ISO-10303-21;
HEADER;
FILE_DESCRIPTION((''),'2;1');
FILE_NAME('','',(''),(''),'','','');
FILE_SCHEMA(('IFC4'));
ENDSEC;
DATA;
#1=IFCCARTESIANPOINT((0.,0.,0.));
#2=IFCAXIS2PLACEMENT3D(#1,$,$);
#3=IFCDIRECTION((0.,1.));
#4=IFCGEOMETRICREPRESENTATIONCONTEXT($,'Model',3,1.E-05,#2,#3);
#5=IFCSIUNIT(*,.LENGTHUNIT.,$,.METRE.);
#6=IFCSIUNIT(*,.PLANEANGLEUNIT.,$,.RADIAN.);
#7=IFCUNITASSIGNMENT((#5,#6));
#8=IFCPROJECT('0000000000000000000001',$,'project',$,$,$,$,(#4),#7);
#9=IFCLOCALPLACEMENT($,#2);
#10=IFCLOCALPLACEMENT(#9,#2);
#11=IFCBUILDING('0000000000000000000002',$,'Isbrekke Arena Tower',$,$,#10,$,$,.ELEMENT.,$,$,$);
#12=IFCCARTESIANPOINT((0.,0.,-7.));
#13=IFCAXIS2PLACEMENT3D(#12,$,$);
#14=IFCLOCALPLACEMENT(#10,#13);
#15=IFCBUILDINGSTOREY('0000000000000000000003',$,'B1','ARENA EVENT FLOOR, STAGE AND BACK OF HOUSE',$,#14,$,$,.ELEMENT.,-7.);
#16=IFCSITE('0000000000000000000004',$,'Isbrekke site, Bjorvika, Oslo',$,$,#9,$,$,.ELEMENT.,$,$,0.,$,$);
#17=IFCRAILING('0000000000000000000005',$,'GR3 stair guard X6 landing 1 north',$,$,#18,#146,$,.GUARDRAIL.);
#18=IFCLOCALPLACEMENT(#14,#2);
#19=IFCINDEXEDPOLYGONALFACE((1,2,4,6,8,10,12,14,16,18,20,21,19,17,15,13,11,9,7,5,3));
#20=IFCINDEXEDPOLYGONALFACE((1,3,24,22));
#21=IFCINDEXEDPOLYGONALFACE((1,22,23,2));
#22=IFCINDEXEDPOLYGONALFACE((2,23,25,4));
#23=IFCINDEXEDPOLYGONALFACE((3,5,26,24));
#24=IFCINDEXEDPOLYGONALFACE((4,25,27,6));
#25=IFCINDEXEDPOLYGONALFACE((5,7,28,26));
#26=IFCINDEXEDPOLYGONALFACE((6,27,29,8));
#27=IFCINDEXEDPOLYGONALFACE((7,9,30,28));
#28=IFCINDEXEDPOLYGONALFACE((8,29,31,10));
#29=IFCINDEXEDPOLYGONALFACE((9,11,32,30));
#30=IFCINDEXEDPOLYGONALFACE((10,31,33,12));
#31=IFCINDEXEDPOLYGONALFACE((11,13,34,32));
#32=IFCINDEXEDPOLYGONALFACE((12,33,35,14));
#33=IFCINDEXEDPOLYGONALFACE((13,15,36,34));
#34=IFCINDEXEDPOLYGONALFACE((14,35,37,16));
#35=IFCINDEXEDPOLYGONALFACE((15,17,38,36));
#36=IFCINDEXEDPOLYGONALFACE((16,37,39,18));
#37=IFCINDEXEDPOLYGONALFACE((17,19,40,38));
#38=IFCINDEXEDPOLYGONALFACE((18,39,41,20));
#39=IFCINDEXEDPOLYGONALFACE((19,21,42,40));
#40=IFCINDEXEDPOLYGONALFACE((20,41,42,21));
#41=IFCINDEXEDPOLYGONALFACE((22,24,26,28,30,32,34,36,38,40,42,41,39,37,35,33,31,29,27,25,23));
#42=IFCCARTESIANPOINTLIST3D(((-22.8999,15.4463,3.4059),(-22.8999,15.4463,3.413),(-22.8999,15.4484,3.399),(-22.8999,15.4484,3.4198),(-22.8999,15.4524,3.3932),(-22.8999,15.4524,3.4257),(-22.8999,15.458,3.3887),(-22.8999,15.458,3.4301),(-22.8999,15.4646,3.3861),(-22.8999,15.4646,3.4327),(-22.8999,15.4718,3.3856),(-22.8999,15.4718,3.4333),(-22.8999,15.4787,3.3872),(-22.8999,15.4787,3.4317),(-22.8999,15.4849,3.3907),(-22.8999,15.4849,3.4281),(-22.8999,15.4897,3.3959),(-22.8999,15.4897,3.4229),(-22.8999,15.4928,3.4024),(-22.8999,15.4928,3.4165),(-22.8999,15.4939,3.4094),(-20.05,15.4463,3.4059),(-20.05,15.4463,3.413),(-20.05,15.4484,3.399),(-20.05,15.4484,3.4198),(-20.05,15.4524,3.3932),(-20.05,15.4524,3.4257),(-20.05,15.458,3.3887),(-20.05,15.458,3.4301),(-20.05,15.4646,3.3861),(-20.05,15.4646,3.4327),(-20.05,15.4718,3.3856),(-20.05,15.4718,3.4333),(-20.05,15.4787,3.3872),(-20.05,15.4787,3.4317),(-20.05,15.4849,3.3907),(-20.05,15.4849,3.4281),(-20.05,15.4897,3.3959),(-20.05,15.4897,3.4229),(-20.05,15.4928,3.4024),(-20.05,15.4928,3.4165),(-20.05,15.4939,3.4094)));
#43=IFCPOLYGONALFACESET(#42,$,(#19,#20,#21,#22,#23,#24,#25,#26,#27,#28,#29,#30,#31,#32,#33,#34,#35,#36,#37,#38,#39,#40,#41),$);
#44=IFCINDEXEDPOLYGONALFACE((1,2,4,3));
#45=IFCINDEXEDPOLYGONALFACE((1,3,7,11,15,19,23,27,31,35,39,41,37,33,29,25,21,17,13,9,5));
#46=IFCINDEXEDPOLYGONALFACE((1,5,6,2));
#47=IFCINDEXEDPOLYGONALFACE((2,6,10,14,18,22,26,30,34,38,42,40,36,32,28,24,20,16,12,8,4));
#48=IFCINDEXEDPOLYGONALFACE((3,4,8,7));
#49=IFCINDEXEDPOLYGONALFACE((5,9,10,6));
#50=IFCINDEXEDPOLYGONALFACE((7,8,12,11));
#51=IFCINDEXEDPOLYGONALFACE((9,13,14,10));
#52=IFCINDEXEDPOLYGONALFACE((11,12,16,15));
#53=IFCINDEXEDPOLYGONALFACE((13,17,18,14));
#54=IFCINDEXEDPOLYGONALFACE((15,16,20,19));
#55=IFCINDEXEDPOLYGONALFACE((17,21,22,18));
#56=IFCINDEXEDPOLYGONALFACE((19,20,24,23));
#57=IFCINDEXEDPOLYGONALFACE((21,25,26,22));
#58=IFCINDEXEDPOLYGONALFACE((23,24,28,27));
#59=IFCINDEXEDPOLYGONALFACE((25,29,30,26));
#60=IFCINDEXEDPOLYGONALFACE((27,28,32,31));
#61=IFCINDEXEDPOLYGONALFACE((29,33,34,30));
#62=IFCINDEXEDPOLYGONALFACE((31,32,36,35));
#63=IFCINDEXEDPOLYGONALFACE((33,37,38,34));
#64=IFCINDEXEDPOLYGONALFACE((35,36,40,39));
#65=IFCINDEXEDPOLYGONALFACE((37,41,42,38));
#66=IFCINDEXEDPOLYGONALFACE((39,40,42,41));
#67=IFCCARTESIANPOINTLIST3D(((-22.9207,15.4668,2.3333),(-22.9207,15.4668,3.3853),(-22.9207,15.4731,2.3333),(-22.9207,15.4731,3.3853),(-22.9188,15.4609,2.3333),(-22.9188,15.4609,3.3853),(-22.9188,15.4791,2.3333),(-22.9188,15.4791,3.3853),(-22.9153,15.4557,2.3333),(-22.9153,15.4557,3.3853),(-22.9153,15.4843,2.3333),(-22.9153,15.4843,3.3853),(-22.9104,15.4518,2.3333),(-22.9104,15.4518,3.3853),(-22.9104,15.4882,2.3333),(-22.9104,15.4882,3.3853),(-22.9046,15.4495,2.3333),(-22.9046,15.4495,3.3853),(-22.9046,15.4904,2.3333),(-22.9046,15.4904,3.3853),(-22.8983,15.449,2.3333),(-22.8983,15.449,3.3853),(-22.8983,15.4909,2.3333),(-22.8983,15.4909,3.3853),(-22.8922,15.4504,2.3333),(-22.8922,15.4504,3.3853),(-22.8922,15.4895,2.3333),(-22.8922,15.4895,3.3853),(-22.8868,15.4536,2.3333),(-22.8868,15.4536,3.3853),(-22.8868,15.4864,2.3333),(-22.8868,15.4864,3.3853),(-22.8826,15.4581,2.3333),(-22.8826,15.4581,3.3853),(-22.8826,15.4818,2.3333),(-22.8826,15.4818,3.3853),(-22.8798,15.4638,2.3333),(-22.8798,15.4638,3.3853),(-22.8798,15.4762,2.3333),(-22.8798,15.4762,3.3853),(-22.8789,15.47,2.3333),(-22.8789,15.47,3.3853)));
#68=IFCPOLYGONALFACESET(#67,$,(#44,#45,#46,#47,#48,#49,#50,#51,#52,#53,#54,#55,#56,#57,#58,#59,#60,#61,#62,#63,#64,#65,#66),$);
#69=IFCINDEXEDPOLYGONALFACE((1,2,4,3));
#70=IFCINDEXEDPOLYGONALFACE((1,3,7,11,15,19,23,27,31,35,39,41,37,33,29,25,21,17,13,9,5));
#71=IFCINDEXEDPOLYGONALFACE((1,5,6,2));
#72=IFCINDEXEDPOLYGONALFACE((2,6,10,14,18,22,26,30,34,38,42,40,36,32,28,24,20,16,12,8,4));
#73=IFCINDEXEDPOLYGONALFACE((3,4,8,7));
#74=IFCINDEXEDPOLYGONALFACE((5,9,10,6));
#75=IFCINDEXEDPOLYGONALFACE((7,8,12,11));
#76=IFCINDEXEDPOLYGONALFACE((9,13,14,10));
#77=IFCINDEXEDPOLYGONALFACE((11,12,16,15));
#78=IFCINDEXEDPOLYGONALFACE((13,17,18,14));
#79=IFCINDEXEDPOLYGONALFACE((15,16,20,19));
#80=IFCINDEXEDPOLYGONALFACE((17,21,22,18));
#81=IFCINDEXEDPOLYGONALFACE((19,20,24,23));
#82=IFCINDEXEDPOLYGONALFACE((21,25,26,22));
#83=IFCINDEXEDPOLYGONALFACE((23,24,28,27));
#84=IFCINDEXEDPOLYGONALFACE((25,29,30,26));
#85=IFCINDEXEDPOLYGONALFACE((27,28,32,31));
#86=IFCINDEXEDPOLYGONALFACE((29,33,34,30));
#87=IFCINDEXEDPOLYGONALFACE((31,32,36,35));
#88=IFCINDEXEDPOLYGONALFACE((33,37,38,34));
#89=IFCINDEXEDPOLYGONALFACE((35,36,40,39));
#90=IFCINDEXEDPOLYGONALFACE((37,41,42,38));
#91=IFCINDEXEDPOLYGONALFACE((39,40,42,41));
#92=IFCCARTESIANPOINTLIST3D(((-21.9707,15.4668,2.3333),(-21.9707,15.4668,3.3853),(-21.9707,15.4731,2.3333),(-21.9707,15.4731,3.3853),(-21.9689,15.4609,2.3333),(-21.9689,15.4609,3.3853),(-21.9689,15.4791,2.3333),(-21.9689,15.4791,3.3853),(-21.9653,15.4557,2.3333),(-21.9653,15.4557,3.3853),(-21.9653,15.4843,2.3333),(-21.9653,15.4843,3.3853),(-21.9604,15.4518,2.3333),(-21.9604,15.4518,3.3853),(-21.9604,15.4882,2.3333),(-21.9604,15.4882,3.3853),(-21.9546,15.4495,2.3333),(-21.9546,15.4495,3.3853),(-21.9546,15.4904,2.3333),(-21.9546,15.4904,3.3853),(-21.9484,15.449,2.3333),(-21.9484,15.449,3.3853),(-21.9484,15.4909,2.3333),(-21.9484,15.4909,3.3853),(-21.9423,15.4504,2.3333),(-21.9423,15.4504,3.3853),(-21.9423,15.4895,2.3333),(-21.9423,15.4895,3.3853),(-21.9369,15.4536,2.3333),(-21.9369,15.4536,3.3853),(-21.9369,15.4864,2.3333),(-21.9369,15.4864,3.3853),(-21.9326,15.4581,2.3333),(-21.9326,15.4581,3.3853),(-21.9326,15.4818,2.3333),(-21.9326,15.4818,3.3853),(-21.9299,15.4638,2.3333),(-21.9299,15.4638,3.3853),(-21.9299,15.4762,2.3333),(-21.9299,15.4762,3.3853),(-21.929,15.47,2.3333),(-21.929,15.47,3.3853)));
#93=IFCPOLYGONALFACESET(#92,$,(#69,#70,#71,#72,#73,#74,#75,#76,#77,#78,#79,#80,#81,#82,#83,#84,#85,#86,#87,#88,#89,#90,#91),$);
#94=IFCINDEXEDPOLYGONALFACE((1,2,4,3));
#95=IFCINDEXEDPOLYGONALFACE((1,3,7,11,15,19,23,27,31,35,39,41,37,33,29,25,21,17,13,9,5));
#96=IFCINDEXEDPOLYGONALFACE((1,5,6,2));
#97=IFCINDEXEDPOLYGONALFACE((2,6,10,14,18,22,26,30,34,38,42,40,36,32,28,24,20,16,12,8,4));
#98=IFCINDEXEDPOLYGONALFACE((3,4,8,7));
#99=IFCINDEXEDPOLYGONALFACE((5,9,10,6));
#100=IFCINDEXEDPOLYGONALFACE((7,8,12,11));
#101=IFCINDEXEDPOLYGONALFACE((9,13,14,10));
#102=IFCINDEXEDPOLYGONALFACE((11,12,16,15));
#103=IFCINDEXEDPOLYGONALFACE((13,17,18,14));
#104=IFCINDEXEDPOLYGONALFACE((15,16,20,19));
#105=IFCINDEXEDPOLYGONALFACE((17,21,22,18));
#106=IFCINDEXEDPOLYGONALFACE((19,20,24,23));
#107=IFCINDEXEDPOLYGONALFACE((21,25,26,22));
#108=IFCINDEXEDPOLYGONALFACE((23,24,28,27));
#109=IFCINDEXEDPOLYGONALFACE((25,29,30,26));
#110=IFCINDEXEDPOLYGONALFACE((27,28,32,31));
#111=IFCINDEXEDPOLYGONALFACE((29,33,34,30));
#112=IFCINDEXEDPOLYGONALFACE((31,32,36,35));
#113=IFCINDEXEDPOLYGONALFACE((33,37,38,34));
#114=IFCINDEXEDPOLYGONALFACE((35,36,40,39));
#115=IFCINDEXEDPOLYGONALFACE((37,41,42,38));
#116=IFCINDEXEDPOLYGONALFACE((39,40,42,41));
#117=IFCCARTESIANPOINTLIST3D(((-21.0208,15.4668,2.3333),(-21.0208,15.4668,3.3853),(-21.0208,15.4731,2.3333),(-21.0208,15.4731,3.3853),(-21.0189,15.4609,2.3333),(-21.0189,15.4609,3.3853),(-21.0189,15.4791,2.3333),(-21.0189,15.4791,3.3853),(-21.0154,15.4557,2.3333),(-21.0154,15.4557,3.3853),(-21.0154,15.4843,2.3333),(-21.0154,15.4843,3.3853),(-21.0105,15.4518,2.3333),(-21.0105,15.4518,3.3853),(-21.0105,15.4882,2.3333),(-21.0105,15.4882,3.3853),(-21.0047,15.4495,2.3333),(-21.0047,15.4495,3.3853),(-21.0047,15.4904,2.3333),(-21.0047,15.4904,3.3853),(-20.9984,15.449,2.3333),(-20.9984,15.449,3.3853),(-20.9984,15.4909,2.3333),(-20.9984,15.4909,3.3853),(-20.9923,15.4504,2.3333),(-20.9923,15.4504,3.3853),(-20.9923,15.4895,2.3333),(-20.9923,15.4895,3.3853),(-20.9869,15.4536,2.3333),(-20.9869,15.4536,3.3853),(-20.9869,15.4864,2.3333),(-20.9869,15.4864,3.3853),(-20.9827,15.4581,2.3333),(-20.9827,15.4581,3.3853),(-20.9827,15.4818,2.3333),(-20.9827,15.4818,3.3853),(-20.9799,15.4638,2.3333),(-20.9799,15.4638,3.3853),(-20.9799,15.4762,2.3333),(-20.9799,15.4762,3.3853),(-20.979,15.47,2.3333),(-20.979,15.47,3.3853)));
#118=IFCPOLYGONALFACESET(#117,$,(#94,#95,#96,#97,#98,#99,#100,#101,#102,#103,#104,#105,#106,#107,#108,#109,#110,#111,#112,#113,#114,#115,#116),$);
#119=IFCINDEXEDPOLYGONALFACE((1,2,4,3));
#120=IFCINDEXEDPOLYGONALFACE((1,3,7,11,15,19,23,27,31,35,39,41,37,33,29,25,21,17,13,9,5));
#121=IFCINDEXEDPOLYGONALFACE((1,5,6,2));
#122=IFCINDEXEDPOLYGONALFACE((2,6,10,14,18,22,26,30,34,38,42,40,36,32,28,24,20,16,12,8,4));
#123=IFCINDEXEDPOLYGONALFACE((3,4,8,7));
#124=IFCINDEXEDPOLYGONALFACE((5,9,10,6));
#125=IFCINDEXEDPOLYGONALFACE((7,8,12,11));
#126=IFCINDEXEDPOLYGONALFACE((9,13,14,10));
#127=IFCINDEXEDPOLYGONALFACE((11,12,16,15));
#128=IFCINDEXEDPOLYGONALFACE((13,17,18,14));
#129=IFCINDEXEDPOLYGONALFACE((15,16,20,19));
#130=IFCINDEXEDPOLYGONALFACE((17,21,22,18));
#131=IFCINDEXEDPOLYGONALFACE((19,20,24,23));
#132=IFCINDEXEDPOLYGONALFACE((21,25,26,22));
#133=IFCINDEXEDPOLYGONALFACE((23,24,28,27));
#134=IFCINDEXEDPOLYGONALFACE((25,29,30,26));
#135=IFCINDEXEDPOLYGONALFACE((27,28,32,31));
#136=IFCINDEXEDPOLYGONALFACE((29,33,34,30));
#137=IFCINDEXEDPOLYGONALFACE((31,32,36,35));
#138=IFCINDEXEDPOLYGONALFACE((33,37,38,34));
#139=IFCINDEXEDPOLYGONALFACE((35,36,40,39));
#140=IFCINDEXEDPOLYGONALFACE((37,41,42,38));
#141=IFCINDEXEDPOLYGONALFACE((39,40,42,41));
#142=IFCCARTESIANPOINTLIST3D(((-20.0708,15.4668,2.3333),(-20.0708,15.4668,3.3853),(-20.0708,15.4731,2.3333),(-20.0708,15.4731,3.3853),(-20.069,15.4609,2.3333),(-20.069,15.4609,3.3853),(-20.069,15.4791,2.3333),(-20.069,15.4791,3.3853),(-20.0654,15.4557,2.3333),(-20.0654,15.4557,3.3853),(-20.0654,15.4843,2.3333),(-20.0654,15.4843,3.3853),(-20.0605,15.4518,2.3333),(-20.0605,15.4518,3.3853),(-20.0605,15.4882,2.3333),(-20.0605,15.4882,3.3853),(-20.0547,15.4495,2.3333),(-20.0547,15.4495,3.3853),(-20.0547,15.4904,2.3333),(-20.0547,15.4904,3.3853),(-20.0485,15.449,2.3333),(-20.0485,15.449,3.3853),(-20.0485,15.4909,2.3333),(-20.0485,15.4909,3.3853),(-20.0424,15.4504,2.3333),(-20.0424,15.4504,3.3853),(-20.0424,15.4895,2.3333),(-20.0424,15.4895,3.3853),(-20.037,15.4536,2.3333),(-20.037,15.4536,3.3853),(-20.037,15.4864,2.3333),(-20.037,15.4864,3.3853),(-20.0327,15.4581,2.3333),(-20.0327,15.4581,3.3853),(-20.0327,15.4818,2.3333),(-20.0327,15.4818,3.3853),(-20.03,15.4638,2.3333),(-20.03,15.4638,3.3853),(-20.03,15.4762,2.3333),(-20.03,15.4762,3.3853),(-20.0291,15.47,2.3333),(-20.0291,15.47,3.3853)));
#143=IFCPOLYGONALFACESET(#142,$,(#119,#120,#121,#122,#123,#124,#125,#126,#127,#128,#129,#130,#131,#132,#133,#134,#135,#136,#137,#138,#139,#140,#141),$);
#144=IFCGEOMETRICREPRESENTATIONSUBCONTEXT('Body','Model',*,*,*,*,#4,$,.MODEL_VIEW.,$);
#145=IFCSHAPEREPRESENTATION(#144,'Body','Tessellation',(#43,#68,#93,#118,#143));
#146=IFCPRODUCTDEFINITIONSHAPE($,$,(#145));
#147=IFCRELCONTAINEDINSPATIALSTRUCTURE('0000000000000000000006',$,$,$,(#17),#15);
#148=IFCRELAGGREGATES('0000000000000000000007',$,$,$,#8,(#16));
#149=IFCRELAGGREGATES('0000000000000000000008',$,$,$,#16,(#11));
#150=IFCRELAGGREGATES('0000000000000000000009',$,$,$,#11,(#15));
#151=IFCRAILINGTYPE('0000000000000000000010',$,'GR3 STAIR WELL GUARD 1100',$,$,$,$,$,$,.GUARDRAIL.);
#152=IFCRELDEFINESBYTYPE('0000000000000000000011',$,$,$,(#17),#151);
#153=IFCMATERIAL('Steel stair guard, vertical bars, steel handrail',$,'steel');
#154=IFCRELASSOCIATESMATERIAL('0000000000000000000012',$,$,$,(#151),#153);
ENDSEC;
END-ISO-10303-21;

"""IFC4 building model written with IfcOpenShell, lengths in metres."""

from ifc_helpers import new_model, si_unit, direction, frame, origin, origin_2d, place, context, subcontext, project, spatial, circle, extrude, material, type_object, element, save


model = new_model("IFC4")

# Units and contexts
model_context = context("Model", 3, precision=1e-05, world=origin(), true_north=direction((0.0, 1.0)))
body_context = subcontext(model_context, "Body", "Model", "MODEL_VIEW")
ifc_project = project(units=[si_unit("LENGTHUNIT", "METRE"), si_unit("PLANEANGLEUNIT", "RADIAN")], contexts=[model_context])

# Site, building, storey
site_placement = place(None, origin())
site = spatial("IfcSite", under=ifc_project, at=site_placement, Name="Isbrekke site, Bjorvika, Oslo", CompositionType="ELEMENT", RefElevation=0.0)
building_placement = place(site_placement, origin())
building = spatial("IfcBuilding", under=site, at=building_placement, Name="Isbrekke Arena Tower", CompositionType="ELEMENT")
storey_placement = place(building_placement, frame((0.0, 0.0, -7.0)))
storey = spatial("IfcBuildingStorey", under=building, at=storey_placement, Name="B1", Description="ARENA EVENT FLOOR, STAGE AND BACK OF HOUSE", CompositionType="ELEMENT", Elevation=-7.0)

# Railing
ifc_material_1 = material(Name="Steel stair guard, vertical bars, steel handrail", Category="steel")
railing_type = type_object("IfcRailingType", Name="GR3 STAIR WELL GUARD 1100", PredefinedType="GUARDRAIL", material=ifc_material_1)
railing_1_placement = place(storey_placement, frame((-22.8999, 15.47, 2.3333)))
element("IfcRailing", 1, at=railing_1_placement, inside=storey, type_object=railing_type, Name="GR3 stair guard X6 landing 1 north", PredefinedType="GUARDRAIL", context=body_context, shape_type="SweptSolid", body=[
    extrude(circle(Radius=0.0239, at=origin_2d()), frame((0.0, 0.0, 1.0762), z_axis=(1.0, 0.0, 0.0), x_axis=(0.0, 1.0, 0.0)), (0.0, 0.0, 1.0), 2.8499),
    extrude(circle(Radius=0.021, at=origin_2d()), origin(), (0.0, 0.0, 1.0), 1.052),
    extrude(circle(Radius=0.021, at=origin_2d()), frame((0.95, 0.0, 0.0)), (0.0, 0.0, 1.0), 1.052),
    extrude(circle(Radius=0.021, at=origin_2d()), frame((1.8999, 0.0, 0.0)), (0.0, 0.0, 1.0), 1.052),
    extrude(circle(Radius=0.021, at=origin_2d()), frame((2.8499, 0.0, 0.0)), (0.0, 0.0, 1.0), 1.052),
])

save(model, "model.ifc")
